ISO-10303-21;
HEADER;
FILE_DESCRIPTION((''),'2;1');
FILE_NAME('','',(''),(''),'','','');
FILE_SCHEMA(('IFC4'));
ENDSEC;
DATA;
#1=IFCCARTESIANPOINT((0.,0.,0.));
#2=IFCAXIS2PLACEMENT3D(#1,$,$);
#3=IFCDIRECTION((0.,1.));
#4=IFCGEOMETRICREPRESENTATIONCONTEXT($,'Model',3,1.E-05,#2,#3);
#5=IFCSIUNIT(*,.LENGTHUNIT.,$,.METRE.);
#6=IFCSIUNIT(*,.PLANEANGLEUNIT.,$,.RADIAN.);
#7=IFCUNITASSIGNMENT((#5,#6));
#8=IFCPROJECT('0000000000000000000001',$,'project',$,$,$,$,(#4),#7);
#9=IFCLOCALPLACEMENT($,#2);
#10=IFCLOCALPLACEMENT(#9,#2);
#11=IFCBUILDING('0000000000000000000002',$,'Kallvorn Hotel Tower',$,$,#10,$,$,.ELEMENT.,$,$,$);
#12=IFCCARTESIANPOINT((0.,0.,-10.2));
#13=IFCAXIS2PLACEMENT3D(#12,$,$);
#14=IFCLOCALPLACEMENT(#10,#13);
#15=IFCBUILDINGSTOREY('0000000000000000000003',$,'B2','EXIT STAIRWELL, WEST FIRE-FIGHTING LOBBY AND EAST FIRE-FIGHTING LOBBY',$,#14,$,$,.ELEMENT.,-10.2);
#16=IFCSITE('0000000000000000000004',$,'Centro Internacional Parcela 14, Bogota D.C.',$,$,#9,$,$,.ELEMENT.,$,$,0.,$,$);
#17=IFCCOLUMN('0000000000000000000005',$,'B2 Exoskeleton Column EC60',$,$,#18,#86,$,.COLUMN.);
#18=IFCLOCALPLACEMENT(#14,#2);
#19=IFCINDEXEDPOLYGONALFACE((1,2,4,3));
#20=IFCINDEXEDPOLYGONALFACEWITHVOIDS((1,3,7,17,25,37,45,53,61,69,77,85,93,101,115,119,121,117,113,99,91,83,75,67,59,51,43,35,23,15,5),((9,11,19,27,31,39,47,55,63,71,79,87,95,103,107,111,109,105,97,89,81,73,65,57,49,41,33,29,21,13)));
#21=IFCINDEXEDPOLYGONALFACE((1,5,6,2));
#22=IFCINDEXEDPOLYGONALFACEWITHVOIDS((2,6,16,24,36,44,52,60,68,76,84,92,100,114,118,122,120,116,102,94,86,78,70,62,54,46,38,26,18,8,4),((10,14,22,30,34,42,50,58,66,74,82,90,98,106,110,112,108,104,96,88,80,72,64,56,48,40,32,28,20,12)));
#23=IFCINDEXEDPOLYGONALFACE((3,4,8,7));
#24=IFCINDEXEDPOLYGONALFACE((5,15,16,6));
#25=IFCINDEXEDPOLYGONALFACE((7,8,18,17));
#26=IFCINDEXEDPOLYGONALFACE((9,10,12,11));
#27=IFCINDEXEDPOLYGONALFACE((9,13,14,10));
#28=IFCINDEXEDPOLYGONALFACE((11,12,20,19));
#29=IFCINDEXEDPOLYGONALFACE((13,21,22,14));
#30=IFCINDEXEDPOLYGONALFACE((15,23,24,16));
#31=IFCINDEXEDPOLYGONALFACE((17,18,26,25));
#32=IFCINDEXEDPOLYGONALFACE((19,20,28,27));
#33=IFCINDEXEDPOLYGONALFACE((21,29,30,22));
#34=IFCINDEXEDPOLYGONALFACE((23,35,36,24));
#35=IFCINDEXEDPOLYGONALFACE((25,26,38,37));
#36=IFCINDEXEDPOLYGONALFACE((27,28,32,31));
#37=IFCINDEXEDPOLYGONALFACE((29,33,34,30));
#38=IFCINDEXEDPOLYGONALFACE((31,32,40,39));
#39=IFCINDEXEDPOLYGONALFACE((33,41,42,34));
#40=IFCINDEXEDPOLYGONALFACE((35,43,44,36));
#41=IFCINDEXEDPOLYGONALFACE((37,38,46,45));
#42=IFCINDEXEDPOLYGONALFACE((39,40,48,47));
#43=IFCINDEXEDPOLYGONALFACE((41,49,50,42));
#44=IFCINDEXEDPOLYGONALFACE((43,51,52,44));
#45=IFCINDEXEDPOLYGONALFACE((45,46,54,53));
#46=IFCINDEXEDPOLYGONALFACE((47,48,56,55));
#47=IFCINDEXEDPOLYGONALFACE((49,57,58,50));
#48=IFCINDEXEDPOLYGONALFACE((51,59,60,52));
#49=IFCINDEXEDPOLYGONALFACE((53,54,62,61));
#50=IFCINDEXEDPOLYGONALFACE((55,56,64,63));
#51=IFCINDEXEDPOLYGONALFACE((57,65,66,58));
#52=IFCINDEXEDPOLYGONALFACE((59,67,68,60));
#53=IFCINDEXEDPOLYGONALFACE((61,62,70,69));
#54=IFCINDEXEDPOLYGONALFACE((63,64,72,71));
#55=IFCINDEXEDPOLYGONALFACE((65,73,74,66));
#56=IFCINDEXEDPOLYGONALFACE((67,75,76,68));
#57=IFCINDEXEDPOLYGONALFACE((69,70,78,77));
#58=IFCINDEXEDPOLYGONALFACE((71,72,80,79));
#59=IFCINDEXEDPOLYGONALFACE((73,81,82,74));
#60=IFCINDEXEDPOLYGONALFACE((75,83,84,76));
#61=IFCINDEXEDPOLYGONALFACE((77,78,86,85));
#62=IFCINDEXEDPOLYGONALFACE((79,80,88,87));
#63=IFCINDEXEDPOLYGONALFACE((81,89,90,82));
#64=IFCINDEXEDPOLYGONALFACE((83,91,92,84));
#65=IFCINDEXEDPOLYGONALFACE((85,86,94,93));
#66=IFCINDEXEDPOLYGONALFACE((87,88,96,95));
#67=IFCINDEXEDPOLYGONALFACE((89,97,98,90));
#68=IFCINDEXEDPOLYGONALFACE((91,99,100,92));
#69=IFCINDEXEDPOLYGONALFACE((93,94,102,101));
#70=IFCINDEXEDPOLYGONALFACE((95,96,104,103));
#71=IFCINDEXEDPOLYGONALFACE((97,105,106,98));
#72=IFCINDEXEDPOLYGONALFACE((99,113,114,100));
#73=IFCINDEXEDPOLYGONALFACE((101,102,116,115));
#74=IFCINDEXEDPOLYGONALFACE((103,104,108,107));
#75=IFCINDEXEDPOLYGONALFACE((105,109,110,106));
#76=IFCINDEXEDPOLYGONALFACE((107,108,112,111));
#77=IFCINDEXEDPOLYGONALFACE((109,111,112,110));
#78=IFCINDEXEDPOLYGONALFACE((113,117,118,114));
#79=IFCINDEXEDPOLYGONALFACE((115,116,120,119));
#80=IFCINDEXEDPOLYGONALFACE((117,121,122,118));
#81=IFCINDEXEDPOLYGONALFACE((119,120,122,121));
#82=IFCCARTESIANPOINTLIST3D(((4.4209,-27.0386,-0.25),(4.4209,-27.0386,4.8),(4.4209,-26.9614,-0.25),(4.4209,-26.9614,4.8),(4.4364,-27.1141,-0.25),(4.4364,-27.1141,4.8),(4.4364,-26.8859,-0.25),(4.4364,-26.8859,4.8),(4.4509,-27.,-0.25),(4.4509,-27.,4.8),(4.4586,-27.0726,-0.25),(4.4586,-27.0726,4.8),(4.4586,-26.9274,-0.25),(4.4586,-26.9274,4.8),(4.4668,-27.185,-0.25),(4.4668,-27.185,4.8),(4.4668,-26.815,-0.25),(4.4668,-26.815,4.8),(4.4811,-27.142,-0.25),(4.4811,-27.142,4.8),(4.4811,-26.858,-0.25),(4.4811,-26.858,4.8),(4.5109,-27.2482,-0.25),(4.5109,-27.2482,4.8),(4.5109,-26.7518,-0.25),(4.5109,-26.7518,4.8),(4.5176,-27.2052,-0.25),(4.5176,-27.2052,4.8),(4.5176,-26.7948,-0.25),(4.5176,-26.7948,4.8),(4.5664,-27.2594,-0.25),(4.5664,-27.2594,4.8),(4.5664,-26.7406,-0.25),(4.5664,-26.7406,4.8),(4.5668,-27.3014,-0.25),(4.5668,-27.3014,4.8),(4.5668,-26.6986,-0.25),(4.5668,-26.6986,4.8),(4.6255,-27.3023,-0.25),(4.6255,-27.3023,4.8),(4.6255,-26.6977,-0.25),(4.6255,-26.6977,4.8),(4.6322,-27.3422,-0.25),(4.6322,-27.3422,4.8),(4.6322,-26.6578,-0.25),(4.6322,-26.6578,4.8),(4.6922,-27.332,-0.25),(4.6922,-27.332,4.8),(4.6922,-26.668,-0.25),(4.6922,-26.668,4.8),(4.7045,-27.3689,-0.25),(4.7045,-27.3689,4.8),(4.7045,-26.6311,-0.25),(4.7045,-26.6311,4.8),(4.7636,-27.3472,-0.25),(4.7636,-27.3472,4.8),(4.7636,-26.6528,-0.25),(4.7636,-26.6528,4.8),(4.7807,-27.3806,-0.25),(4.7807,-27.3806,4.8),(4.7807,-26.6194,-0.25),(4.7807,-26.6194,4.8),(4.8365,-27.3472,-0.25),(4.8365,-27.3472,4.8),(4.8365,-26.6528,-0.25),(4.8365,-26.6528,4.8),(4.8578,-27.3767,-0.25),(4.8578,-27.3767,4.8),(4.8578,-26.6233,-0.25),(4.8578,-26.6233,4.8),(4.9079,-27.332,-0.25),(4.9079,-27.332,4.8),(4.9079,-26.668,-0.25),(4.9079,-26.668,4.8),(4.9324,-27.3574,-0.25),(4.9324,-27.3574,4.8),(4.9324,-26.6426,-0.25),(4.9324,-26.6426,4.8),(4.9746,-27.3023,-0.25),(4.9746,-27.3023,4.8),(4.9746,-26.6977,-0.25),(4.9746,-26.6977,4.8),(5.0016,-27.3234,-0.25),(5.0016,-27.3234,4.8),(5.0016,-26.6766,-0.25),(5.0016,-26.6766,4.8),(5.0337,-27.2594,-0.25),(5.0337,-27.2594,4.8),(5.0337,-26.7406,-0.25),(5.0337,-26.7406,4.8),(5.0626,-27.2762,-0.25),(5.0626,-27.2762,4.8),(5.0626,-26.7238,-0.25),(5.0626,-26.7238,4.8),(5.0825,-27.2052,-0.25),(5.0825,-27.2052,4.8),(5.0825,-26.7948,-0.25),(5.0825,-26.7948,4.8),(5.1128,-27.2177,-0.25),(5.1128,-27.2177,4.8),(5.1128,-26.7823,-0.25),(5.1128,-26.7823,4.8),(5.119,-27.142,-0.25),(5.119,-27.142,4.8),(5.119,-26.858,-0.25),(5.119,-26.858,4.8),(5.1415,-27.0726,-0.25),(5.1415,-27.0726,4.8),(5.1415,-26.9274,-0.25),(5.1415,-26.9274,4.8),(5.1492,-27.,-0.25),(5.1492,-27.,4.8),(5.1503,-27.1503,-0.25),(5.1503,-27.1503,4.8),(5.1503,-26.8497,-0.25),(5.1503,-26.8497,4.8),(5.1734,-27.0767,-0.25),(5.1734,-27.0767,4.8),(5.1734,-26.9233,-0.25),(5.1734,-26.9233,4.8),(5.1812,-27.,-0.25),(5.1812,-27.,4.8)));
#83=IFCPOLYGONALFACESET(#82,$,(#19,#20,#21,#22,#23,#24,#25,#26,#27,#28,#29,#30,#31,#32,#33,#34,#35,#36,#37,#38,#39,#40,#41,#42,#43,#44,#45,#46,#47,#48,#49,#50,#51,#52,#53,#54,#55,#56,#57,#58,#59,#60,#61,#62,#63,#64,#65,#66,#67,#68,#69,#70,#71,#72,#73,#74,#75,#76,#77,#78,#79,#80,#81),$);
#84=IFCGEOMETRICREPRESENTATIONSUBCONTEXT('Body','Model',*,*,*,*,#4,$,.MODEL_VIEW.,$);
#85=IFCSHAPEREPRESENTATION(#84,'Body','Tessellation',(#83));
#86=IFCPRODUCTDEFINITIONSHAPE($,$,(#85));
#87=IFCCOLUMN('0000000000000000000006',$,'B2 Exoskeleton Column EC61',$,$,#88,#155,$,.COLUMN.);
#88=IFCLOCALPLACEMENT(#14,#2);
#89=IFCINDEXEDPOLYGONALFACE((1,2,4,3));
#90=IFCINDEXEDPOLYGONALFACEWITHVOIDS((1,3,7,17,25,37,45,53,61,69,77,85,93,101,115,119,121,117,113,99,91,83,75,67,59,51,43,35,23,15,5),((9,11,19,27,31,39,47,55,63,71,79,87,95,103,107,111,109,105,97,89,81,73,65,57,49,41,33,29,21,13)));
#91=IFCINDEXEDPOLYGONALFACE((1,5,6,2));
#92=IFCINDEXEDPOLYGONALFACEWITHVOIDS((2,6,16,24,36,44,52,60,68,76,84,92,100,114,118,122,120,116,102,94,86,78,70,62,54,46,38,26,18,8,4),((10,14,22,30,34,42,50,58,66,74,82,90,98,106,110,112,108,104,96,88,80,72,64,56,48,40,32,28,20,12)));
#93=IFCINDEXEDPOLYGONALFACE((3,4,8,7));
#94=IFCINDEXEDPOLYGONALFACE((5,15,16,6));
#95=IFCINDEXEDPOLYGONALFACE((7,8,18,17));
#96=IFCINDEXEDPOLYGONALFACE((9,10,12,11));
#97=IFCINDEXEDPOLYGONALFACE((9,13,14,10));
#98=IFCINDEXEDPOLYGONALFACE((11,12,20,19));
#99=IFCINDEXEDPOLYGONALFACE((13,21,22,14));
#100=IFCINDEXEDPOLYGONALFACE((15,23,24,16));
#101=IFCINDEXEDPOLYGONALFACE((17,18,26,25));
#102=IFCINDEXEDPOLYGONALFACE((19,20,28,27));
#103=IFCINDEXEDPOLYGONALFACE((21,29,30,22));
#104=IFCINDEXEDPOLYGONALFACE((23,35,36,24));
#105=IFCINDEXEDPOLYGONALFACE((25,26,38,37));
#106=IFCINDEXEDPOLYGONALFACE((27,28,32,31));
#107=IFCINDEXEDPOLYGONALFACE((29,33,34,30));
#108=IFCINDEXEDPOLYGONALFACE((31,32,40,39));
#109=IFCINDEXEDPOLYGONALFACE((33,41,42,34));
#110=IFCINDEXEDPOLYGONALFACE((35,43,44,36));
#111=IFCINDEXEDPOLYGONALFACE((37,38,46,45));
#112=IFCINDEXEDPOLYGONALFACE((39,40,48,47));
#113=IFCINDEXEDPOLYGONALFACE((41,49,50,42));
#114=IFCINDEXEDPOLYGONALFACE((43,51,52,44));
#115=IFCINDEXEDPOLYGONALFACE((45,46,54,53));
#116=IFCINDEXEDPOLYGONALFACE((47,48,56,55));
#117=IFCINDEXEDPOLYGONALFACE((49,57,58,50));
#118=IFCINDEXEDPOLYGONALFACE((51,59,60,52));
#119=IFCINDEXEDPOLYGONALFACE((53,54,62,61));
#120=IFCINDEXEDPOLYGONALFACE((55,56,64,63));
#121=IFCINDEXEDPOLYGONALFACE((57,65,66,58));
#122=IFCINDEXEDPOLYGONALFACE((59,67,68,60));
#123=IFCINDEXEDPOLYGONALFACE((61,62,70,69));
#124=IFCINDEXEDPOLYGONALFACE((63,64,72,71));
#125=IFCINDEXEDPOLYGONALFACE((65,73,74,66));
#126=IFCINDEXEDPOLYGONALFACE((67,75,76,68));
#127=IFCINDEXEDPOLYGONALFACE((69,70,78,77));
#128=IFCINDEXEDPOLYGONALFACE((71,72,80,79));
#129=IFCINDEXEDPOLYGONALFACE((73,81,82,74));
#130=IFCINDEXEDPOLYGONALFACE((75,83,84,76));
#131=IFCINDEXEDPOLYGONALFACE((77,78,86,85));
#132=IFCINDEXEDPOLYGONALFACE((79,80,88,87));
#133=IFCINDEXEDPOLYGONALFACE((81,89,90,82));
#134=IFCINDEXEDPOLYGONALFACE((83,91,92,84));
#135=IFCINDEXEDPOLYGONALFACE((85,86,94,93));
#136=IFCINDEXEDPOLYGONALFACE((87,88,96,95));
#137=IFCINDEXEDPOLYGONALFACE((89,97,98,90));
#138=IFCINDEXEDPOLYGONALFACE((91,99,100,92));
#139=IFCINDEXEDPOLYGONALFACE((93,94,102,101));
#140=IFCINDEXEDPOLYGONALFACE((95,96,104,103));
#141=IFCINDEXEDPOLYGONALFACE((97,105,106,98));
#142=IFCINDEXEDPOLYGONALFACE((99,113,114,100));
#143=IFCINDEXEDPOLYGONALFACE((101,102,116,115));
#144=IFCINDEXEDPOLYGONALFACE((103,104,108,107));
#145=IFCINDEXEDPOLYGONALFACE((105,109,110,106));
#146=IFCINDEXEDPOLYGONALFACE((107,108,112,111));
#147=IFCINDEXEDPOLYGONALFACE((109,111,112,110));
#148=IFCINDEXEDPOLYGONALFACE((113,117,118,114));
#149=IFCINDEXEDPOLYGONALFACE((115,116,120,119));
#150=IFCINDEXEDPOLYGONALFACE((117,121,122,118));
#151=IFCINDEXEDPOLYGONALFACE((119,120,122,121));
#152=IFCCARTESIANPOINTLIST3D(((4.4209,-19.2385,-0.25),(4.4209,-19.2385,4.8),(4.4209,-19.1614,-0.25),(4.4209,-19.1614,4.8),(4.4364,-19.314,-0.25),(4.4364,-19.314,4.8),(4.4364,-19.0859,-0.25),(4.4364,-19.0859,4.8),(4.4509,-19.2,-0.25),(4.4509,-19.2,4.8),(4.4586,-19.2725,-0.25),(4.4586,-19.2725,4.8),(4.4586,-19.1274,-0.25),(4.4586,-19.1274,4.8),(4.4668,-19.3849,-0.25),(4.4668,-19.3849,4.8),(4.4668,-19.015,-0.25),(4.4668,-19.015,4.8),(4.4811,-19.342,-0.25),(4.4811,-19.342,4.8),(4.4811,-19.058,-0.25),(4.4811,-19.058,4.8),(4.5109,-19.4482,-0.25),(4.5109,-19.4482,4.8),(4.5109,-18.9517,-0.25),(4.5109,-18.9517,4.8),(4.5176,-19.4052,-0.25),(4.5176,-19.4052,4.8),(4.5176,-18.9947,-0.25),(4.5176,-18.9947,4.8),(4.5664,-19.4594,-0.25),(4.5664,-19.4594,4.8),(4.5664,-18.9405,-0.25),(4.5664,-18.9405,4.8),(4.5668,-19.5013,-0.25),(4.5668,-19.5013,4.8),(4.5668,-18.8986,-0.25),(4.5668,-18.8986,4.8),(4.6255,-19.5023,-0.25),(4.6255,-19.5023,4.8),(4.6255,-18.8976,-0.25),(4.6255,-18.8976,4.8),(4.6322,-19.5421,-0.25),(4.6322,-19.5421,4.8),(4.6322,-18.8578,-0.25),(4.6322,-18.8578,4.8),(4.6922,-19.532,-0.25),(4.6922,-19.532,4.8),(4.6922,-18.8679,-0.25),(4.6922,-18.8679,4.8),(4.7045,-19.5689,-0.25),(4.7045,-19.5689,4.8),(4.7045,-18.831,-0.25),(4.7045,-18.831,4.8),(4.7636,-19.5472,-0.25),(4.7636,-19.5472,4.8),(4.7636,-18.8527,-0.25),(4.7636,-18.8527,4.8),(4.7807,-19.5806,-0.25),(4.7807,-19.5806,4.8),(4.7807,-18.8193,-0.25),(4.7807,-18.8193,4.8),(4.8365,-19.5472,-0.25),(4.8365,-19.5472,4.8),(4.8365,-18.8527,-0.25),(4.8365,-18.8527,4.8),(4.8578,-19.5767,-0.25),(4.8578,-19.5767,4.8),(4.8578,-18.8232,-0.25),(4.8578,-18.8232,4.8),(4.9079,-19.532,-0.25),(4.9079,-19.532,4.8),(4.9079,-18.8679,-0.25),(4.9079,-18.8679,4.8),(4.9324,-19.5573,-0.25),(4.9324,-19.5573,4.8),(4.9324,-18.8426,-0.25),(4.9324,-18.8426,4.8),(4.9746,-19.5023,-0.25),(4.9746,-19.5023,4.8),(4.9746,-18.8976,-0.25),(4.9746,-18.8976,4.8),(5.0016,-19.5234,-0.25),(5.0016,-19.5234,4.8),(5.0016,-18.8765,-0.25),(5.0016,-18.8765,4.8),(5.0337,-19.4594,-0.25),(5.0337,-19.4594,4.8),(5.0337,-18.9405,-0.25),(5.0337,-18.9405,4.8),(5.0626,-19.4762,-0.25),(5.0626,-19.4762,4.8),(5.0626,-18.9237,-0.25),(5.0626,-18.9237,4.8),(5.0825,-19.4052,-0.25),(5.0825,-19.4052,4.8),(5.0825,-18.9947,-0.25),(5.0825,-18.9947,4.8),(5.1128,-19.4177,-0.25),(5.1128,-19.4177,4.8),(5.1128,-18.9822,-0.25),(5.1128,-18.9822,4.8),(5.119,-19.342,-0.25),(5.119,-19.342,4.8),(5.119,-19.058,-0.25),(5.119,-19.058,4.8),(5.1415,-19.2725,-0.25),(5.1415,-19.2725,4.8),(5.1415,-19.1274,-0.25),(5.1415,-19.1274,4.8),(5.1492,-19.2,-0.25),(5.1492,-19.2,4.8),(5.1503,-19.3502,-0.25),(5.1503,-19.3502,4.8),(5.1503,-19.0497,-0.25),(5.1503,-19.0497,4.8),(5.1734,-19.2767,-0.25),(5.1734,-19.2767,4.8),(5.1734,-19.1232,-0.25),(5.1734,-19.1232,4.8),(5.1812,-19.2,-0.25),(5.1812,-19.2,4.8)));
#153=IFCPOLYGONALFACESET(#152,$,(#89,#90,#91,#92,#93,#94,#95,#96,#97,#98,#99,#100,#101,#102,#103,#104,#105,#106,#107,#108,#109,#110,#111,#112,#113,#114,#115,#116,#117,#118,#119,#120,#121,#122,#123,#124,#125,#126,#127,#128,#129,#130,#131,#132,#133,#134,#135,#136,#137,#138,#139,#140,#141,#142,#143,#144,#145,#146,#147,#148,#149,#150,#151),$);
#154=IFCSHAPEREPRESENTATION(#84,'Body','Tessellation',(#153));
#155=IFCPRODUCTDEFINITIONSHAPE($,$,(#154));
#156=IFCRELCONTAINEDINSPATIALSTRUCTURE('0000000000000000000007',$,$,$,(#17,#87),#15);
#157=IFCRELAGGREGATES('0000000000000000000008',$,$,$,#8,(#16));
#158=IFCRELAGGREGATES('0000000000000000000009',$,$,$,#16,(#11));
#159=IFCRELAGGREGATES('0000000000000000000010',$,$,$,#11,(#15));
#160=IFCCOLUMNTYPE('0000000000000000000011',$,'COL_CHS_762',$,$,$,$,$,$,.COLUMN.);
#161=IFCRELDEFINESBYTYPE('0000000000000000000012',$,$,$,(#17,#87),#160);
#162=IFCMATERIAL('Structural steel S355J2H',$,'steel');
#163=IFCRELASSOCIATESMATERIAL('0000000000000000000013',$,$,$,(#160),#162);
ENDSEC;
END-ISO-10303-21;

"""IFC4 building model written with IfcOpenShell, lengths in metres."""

from ifc_helpers import new_model, si_unit, direction, frame, origin, origin_2d, place, context, subcontext, project, spatial, hollow_circle, extrude, material, material_profile, profile_set, type_object, element, save


model = new_model("IFC4")

# Units and contexts
model_context = context("Model", 3, precision=1e-05, world=origin(), true_north=direction((0.0, 1.0)))
body_context = subcontext(model_context, "Body", "Model", "MODEL_VIEW")
ifc_project = project(units=[si_unit("LENGTHUNIT", "METRE"), si_unit("PLANEANGLEUNIT", "RADIAN")], contexts=[model_context])

# Site, building, storey
site_placement = place(None, origin())
site = spatial("IfcSite", under=ifc_project, at=site_placement, Name="Centro Internacional Parcela 14, Bogota D.C.", CompositionType="ELEMENT", RefElevation=0.0)
building_placement = place(site_placement, origin())
building = spatial("IfcBuilding", under=site, at=building_placement, Name="Kallvorn Hotel Tower", CompositionType="ELEMENT")
storey_placement = place(building_placement, frame((0.0, 0.0, -10.2)))
storey = spatial("IfcBuildingStorey", under=building, at=storey_placement, Name="B2", Description="EXIT STAIRWELL, WEST FIRE-FIGHTING LOBBY AND EAST FIRE-FIGHTING LOBBY", CompositionType="ELEMENT", Elevation=-10.2)

# Columns
ifc_material_1 = material(Name="Structural steel S355J2H", Category="steel")
ifc_material_profile_1 = material_profile(ifc_material_1, hollow_circle(Radius=0.3811, WallThickness=0.032, at=origin_2d()), Name="CHS 762x32")
ifc_profile_set_1 = profile_set([ifc_material_profile_1], Name="Structural steel S355J2H")
column_type_1 = type_object("IfcColumnType", Name="COL_CHS_762", PredefinedType="COLUMN", material=ifc_profile_set_1)
for number, where, z_axis, x_axis, name in (
    (1, (4.8, -27.0, -0.25), (0.0, 0.0, 1.0), (1.0, 0.0, 0.0), "B2 Exoskeleton Column EC60"),
    (2, (4.8, -19.2, -0.25), (0.0, 0.0, 1.0), (1.0, 0.0, 0.0), "B2 Exoskeleton Column EC61"),
):
    element("IfcColumn", number, at=place(storey_placement, frame(where, z_axis=z_axis, x_axis=x_axis)), inside=storey, type_object=column_type_1, Name=name, PredefinedType="COLUMN", context=body_context, shape_type="SweptSolid", body=[
        extrude(hollow_circle(Radius=0.3811, WallThickness=0.032, at=origin_2d()), origin(), (0.0, 0.0, 1.0), 5.05),
    ])

save(model, "model.ifc")
